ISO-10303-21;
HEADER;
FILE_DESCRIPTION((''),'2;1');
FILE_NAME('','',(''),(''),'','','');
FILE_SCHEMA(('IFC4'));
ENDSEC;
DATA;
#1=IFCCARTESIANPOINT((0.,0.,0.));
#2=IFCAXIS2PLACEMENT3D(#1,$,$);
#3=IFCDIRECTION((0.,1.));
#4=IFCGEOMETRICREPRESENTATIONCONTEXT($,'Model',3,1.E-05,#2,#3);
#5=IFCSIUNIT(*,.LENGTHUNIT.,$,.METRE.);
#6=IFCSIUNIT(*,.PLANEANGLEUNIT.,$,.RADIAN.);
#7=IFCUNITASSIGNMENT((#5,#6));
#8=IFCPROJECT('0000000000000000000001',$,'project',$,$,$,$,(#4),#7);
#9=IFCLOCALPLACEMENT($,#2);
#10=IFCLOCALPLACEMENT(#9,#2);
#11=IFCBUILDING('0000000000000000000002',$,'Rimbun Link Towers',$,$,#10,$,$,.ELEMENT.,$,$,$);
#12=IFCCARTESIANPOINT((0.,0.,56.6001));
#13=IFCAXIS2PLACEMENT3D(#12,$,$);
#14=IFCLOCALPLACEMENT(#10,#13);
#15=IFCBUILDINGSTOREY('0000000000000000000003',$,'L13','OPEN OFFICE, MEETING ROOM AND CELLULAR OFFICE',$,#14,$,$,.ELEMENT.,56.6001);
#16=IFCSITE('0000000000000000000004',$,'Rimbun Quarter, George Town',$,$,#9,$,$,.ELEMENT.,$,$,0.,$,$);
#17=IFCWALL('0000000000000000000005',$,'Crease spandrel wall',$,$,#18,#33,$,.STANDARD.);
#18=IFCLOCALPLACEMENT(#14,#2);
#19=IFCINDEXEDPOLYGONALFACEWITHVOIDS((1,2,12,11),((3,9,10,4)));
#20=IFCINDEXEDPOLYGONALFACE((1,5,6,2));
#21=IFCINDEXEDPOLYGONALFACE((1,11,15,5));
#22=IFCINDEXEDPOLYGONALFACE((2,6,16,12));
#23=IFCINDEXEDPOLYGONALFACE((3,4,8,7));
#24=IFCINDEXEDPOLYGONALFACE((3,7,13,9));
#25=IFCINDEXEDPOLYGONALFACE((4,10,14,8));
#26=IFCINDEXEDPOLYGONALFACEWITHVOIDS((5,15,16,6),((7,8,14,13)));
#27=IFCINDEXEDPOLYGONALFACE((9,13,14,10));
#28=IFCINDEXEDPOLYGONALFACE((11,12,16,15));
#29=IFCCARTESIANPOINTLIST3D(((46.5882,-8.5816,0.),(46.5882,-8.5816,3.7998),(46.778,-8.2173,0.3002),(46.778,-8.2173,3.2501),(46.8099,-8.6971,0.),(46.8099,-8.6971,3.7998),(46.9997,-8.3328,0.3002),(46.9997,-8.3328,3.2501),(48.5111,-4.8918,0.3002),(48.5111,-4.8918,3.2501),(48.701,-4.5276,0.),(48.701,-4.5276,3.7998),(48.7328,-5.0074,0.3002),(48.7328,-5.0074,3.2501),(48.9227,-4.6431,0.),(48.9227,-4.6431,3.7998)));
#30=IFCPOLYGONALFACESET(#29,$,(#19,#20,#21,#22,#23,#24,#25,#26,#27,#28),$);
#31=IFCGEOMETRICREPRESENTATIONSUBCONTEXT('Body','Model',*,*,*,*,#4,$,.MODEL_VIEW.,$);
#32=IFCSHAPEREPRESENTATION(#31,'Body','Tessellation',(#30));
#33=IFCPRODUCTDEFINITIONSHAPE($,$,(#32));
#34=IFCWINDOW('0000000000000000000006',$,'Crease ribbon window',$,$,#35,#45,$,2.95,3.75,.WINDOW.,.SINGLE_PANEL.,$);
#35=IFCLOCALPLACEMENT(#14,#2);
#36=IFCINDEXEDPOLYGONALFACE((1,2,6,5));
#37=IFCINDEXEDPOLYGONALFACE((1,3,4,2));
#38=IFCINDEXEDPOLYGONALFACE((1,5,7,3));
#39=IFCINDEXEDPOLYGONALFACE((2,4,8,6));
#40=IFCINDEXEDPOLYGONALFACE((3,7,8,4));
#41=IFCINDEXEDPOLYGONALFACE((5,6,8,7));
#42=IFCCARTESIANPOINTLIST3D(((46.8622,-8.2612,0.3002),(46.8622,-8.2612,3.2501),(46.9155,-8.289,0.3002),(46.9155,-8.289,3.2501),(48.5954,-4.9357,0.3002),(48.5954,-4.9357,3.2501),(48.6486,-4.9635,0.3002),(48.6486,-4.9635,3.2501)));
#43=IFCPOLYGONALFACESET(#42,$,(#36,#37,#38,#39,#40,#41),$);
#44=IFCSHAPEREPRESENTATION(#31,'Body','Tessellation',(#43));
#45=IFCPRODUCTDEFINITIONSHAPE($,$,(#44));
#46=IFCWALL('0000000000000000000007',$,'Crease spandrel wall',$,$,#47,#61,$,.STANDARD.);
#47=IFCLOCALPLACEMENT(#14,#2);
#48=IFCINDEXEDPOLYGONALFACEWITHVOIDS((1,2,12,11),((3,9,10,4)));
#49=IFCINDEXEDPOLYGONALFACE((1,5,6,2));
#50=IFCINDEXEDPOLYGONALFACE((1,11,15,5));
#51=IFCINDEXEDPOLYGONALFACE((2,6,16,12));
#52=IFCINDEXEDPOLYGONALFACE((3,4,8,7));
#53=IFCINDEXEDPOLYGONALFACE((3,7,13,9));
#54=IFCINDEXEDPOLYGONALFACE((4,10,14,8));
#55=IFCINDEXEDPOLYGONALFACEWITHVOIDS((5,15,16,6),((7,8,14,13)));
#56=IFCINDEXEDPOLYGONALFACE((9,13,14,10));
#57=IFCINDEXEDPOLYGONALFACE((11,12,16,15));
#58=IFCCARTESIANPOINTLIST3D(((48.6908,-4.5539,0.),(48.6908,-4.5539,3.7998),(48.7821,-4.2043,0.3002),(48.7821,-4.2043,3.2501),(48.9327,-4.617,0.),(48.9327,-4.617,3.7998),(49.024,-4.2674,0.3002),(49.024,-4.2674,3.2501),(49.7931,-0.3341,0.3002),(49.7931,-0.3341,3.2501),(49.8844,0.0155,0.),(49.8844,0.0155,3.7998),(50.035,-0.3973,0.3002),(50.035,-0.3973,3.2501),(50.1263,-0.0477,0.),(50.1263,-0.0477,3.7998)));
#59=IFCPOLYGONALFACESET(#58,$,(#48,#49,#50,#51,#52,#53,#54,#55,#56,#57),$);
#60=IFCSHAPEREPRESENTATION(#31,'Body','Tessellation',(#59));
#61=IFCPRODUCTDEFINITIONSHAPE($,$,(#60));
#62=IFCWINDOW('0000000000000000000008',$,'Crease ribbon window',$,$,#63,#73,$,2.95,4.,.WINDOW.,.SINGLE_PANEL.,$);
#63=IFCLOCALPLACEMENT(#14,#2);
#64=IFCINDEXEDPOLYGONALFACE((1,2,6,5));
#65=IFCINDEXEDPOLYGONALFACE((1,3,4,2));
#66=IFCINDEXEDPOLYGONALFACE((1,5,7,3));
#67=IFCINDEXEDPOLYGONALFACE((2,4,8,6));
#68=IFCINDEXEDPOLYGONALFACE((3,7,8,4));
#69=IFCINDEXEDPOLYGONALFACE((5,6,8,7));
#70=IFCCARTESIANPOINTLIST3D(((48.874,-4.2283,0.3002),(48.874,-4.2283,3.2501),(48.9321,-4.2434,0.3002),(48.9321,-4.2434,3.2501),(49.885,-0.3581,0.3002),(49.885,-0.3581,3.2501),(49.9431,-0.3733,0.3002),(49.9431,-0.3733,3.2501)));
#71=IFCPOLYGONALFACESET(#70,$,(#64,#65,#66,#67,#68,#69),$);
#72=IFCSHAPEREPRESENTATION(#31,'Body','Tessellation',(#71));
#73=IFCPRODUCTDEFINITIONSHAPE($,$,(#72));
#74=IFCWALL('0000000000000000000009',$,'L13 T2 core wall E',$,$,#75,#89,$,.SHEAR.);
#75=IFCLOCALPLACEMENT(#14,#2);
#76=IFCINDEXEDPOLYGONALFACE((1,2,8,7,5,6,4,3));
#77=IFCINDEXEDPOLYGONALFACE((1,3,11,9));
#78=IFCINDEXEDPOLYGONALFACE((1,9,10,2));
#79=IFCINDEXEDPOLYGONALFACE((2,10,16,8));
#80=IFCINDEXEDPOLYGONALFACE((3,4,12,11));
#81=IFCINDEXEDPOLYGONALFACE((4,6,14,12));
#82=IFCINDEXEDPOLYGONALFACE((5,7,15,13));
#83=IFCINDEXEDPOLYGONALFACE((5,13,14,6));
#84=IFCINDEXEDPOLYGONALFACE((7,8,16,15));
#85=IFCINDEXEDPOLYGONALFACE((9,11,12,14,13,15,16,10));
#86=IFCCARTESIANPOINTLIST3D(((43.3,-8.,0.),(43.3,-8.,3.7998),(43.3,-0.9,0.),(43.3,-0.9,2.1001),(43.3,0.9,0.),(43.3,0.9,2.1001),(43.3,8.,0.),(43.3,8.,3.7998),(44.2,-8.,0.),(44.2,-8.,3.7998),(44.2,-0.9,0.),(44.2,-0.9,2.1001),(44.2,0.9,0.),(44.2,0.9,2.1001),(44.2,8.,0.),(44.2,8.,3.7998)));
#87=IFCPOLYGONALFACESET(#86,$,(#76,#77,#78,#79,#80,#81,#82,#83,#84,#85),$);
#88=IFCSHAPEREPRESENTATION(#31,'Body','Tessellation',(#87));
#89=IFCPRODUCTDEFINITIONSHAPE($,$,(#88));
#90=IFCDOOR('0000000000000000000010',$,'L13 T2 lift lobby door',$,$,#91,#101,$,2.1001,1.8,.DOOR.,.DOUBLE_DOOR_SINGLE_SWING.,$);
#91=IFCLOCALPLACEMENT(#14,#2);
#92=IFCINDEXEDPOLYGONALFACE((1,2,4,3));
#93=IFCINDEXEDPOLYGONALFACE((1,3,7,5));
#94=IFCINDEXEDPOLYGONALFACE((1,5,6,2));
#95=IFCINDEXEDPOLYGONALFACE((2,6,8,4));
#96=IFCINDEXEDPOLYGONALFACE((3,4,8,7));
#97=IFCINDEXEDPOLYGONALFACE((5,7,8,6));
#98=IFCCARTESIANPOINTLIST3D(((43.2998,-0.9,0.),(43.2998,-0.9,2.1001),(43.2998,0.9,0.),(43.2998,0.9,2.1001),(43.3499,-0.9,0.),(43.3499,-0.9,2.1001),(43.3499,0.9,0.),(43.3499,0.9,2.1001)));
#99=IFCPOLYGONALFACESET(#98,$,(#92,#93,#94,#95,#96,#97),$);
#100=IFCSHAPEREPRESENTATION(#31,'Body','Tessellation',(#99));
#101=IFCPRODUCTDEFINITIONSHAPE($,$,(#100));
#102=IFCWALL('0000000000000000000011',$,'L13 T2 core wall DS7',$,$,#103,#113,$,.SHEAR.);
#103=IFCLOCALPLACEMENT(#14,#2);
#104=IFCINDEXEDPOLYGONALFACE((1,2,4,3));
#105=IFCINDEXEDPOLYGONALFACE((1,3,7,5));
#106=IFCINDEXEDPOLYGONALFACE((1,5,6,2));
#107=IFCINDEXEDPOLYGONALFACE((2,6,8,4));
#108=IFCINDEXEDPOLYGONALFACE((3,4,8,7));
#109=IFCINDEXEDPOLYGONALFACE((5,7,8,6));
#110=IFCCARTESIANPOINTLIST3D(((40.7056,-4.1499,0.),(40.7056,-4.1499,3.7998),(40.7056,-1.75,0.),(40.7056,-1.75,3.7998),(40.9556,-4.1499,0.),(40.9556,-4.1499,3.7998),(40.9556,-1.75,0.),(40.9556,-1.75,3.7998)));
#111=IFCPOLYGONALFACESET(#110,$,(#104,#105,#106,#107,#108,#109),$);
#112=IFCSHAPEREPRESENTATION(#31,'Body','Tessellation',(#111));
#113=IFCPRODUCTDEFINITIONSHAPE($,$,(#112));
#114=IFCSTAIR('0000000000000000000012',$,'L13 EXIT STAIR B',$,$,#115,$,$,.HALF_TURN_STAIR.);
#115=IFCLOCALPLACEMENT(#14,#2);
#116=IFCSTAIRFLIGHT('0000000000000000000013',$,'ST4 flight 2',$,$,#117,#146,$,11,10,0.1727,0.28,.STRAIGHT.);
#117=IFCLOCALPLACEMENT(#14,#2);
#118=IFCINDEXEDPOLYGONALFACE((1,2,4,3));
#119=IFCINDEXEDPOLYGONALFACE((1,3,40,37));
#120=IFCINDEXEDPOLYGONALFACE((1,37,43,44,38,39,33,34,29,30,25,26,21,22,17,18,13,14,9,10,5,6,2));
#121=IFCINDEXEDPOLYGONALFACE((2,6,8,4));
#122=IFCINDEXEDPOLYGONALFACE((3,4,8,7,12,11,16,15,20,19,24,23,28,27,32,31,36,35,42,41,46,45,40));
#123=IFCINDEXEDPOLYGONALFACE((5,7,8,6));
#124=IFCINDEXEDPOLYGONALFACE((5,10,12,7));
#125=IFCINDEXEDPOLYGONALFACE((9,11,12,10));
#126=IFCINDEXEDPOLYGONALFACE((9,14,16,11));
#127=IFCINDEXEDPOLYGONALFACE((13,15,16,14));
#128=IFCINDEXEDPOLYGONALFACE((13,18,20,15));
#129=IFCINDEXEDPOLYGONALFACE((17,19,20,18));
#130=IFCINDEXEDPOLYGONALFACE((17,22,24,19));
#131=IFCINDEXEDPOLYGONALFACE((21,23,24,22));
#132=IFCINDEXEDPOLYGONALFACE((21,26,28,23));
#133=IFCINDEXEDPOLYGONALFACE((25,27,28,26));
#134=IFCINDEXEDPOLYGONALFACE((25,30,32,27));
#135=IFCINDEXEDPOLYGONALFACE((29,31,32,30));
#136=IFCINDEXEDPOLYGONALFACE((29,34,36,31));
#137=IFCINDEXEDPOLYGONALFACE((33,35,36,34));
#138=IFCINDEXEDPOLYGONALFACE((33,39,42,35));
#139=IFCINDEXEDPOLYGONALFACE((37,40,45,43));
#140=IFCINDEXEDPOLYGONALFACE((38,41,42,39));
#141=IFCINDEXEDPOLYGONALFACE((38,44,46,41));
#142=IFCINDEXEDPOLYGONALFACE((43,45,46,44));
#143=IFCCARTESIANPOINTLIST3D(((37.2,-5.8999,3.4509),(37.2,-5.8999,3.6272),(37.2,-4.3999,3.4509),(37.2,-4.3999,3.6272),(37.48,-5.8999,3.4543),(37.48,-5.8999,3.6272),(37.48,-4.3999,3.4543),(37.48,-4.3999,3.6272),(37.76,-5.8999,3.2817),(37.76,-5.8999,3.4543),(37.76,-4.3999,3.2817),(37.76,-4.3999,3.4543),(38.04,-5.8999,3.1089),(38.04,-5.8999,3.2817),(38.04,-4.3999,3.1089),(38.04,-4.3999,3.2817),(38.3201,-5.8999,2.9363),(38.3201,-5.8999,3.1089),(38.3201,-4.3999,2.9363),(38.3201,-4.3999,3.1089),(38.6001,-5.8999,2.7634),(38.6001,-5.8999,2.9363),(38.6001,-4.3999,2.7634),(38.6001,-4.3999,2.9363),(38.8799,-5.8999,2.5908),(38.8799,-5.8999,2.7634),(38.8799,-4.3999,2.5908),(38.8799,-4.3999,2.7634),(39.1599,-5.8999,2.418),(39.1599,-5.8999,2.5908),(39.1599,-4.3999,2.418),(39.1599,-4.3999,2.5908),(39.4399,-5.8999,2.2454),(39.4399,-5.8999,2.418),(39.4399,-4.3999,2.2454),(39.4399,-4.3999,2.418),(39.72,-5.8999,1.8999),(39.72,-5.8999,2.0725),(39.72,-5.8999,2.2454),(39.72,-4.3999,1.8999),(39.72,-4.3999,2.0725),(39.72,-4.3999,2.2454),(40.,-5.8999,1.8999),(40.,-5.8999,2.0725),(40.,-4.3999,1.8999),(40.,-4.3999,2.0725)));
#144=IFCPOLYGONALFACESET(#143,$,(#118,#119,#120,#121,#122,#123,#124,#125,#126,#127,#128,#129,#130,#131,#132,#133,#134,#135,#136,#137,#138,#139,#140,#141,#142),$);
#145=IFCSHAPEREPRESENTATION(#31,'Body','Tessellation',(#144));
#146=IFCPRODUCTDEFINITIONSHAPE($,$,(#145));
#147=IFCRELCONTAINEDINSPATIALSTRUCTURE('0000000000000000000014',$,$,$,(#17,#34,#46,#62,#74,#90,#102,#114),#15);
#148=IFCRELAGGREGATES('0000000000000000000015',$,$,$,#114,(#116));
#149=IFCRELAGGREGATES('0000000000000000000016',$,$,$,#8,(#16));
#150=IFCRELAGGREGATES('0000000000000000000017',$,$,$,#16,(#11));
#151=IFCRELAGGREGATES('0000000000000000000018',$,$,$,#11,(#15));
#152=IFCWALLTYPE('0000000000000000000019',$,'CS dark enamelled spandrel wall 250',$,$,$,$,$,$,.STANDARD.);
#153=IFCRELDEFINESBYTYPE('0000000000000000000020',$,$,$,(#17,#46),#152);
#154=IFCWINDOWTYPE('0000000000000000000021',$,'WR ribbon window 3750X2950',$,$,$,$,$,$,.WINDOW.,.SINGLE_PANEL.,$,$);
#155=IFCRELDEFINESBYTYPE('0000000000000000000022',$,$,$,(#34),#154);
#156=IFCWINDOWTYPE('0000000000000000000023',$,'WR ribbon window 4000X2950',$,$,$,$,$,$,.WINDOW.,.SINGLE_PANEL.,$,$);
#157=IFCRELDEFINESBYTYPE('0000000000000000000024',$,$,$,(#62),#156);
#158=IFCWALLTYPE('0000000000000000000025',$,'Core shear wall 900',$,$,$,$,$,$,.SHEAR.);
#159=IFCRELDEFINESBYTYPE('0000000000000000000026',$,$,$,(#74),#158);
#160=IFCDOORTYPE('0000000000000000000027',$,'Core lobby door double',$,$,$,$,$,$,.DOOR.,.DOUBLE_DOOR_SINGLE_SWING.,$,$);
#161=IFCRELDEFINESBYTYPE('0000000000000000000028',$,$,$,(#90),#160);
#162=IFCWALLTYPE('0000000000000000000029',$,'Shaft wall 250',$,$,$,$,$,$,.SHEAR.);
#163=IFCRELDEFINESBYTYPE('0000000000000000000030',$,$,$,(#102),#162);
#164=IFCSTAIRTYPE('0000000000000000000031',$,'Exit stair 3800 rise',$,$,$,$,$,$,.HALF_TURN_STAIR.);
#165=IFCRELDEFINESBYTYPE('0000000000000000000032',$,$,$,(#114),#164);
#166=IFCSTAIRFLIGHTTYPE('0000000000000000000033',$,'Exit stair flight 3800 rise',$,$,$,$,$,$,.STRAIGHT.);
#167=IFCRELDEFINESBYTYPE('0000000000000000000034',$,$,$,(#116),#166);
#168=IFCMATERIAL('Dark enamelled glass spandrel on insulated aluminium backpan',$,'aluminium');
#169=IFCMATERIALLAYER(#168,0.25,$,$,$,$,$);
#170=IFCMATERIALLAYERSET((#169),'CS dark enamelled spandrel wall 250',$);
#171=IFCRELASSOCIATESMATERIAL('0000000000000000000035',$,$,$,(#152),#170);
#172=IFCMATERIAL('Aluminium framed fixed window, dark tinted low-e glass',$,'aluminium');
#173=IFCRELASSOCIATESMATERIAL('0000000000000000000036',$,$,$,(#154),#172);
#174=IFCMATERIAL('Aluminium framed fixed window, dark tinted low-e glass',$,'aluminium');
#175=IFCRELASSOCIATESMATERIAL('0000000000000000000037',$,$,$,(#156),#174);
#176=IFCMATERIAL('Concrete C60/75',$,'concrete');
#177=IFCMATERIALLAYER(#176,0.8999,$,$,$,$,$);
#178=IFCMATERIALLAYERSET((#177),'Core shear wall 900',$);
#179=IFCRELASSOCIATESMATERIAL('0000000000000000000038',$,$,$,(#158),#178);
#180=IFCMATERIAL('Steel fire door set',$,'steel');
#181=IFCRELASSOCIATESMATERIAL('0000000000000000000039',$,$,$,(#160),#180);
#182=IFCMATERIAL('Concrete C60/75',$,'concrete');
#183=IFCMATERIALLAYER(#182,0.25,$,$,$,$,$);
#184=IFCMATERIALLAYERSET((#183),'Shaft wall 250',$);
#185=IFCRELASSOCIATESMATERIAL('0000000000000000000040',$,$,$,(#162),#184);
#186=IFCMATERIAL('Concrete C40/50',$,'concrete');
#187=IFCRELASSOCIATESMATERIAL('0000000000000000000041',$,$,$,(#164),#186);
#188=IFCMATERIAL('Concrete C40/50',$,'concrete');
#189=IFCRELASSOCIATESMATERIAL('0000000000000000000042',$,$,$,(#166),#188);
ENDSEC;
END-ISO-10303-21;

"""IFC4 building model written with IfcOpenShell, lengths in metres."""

from ifc_helpers import new_model, si_unit, direction, frame, frame_2d, origin, place, context, subcontext, project, spatial, polyline, rectangle, outline, extrude, material, layer, layer_set, type_object, element, fill, aggregate, save


model = new_model("IFC4")

# Units and contexts
model_context = context("Model", 3, precision=1e-05, world=origin(), true_north=direction((0.0, 1.0)))
body_context = subcontext(model_context, "Body", "Model", "MODEL_VIEW")
ifc_project = project(units=[si_unit("LENGTHUNIT", "METRE"), si_unit("PLANEANGLEUNIT", "RADIAN")], contexts=[model_context])

# Site, building, storey
site_placement = place(None, origin())
site = spatial("IfcSite", under=ifc_project, at=site_placement, Name="Rimbun Quarter, George Town", CompositionType="ELEMENT", RefElevation=0.0)
building_placement = place(site_placement, origin())
building = spatial("IfcBuilding", under=site, at=building_placement, Name="Rimbun Link Towers", CompositionType="ELEMENT")
storey_placement = place(building_placement, frame((0.0, 0.0, 56.6001)))
storey = spatial("IfcBuildingStorey", under=building, at=storey_placement, Name="L13", Description="OPEN OFFICE, MEETING ROOM AND CELLULAR OFFICE", CompositionType="ELEMENT", Elevation=56.6001)

# Walls, openings, windows
ifc_material_1 = material(Name="Dark enamelled glass spandrel on insulated aluminium backpan", Category="aluminium")
ifc_layer_1 = layer(ifc_material_1, 0.25)
ifc_layer_set_1 = layer_set([ifc_layer_1], Name="CS dark enamelled spandrel wall 250")
wall_type_1 = type_object("IfcWallType", Name="CS dark enamelled spandrel wall 250", PredefinedType="STANDARD", material=ifc_layer_set_1)
wall_1_placement = place(storey_placement, frame((48.8118, -4.5854, 0.0), z_axis=(0.0, 0.0, 1.0), x_axis=(-0.462168, -0.886792, 0.0)))
wall_1 = element("IfcWall", 1, at=wall_1_placement, inside=storey, type_object=wall_type_1, Name="Crease spandrel wall", PredefinedType="STANDARD", context=body_context, shape_type="SweptSolid", body=[
    extrude(rectangle(XDim=4.5715, YDim=0.25, at=frame_2d((2.2856, 0.0))), origin(), (0.0, 0.0, 1.0), 3.7998),
])
opening_1_placement = place(wall_1_placement, frame((0.4106, 0.0, 0.3)))
opening_1 = element("IfcOpeningElement", 2, at=opening_1_placement, cuts=wall_1, PredefinedType="OPENING", context=body_context, shape_type="SweptSolid", body=[
    extrude(rectangle(XDim=3.75, YDim=2.95, at=frame_2d((1.875, 1.4751))), frame((0.0, 0.135, 0.0), z_axis=(0.0, -1.0, 0.0), x_axis=(1.0, 0.0, 0.0)), (0.0, 0.0, 1.0), 0.27),
])
ifc_material_2 = material(Name="Aluminium framed fixed window, dark tinted low-e glass", Category="aluminium")
window_type_1 = type_object("IfcWindowType", Name="WR ribbon window 3750X2950", PartitioningType="SINGLE_PANEL", PredefinedType="WINDOW", material=ifc_material_2)
window_1_placement = place(opening_1_placement, origin())
window_1 = element("IfcWindow", 3, at=window_1_placement, inside=storey, type_object=window_type_1, Name="Crease ribbon window", OverallHeight=2.95, OverallWidth=3.75, PartitioningType="SINGLE_PANEL", PredefinedType="WINDOW", context=body_context, shape_type="SweptSolid", body=[
    extrude(rectangle(XDim=3.75, YDim=2.95, at=frame_2d((1.875, 1.4751))), frame((0.0, 0.03, 0.0), z_axis=(0.0, -1.0, 0.0), x_axis=(1.0, 0.0, 0.0)), (0.0, 0.0, 1.0), 0.0601),
])
fill(opening_1, window_1)
wall_2_placement = place(storey_placement, frame((50.0054, -0.0161, 0.0), z_axis=(0.0, 0.0, 1.0), x_axis=(-0.25274, -0.967534, 0.0)))
wall_2 = element("IfcWall", 4, at=wall_2_placement, inside=storey, type_object=wall_type_1, Name="Crease spandrel wall", PredefinedType="STANDARD", context=body_context, shape_type="SweptSolid", body=[
    extrude(rectangle(XDim=4.7227, YDim=0.25, at=frame_2d((2.3613, 0.0))), origin(), (0.0, 0.0, 1.0), 3.7998),
])
opening_2_placement = place(wall_2_placement, frame((0.3613, 0.0, 0.3)))
opening_2 = element("IfcOpeningElement", 5, at=opening_2_placement, cuts=wall_2, PredefinedType="OPENING", context=body_context, shape_type="SweptSolid", body=[
    extrude(rectangle(XDim=4.0, YDim=2.95, at=frame_2d((2.0, 1.4751))), frame((0.0, 0.135, 0.0), z_axis=(0.0, -1.0, 0.0), x_axis=(1.0, 0.0, 0.0)), (0.0, 0.0, 1.0), 0.27),
])
ifc_material_3 = material(Name="Aluminium framed fixed window, dark tinted low-e glass", Category="aluminium")
window_type_2 = type_object("IfcWindowType", Name="WR ribbon window 4000X2950", PartitioningType="SINGLE_PANEL", PredefinedType="WINDOW", material=ifc_material_3)
window_2_placement = place(opening_2_placement, origin())
window_2 = element("IfcWindow", 6, at=window_2_placement, inside=storey, type_object=window_type_2, Name="Crease ribbon window", OverallHeight=2.95, OverallWidth=4.0, PartitioningType="SINGLE_PANEL", PredefinedType="WINDOW", context=body_context, shape_type="SweptSolid", body=[
    extrude(rectangle(XDim=4.0, YDim=2.95, at=frame_2d((2.0, 1.4751))), frame((0.0, 0.03, 0.0), z_axis=(0.0, -1.0, 0.0), x_axis=(1.0, 0.0, 0.0)), (0.0, 0.0, 1.0), 0.0601),
])
fill(opening_2, window_2)

# Wall, opening, door
ifc_material_4 = material(Name="Concrete C60/75", Category="concrete")
ifc_layer_2 = layer(ifc_material_4, 0.8999)
ifc_layer_set_2 = layer_set([ifc_layer_2], Name="Core shear wall 900")
wall_type_2 = type_object("IfcWallType", Name="Core shear wall 900", PredefinedType="SHEAR", material=ifc_layer_set_2)
wall_3_placement = place(storey_placement, frame((43.75, -8.0, 0.0), z_axis=(0.0, 0.0, 1.0), x_axis=(0.0, 1.0, 0.0)))
wall_3 = element("IfcWall", 7, at=wall_3_placement, inside=storey, type_object=wall_type_2, Name="L13 T2 core wall E", PredefinedType="SHEAR", context=body_context, shape_type="SweptSolid", body=[
    extrude(rectangle(XDim=16.0, YDim=0.8999, at=frame_2d((8.0, 0.0))), origin(), (0.0, 0.0, 1.0), 3.7998),
])
opening_3_placement = place(wall_3_placement, frame((7.1001, 0.0, 0.0)))
opening_3 = element("IfcOpeningElement", 8, at=opening_3_placement, cuts=wall_3, PredefinedType="OPENING", context=body_context, shape_type="SweptSolid", body=[
    extrude(rectangle(XDim=1.8, YDim=2.1001, at=frame_2d((0.8999, 1.05))), frame((0.0, 0.46, 0.0), z_axis=(0.0, -1.0, 0.0), x_axis=(1.0, 0.0, 0.0)), (0.0, 0.0, 1.0), 0.9199),
])
ifc_material_5 = material(Name="Steel fire door set", Category="steel")
door_type = type_object("IfcDoorType", Name="Core lobby door double", OperationType="DOUBLE_DOOR_SINGLE_SWING", PredefinedType="DOOR", material=ifc_material_5)
door_placement = place(opening_3_placement, origin())
door = element("IfcDoor", 9, at=door_placement, inside=storey, type_object=door_type, Name="L13 T2 lift lobby door", OperationType="DOUBLE_DOOR_SINGLE_SWING", OverallHeight=2.1001, OverallWidth=1.8, PredefinedType="DOOR", context=body_context, shape_type="SweptSolid", body=[
    extrude(rectangle(XDim=1.8, YDim=2.1001, at=frame_2d((0.8999, 1.05))), frame((0.0, 0.4502, 0.0), z_axis=(0.0, -1.0, 0.0), x_axis=(1.0, 0.0, 0.0)), (0.0, 0.0, 1.0), 0.05),
])
fill(opening_3, door)

# Wall
ifc_material_6 = material(Name="Concrete C60/75", Category="concrete")
ifc_layer_3 = layer(ifc_material_6, 0.25)
ifc_layer_set_3 = layer_set([ifc_layer_3], Name="Shaft wall 250")
wall_type_3 = type_object("IfcWallType", Name="Shaft wall 250", PredefinedType="SHEAR", material=ifc_layer_set_3)
wall_4_placement = place(storey_placement, frame((40.8306, -4.1499, 0.0), z_axis=(0.0, 0.0, 1.0), x_axis=(0.0, 1.0, 0.0)))
element("IfcWall", 10, at=wall_4_placement, inside=storey, type_object=wall_type_3, Name="L13 T2 core wall DS7", PredefinedType="SHEAR", context=body_context, shape_type="SweptSolid", body=[
    extrude(rectangle(XDim=2.3999, YDim=0.25, at=frame_2d((1.2, 0.0))), origin(), (0.0, 0.0, 1.0), 3.7998),
])

# Stair, stair flight
ifc_material_7 = material(Name="Concrete C40/50", Category="concrete")
stair_type = type_object("IfcStairType", Name="Exit stair 3800 rise", PredefinedType="HALF_TURN_STAIR", material=ifc_material_7)
stair_placement = place(storey_placement, origin())
stair = element("IfcStair", 11, at=stair_placement, inside=storey, type_object=stair_type, Name="L13 EXIT STAIR B", PredefinedType="HALF_TURN_STAIR")
ifc_material_8 = material(Name="Concrete C40/50", Category="concrete")
stair_flight_type = type_object("IfcStairFlightType", Name="Exit stair flight 3800 rise", PredefinedType="STRAIGHT", material=ifc_material_8)
stair_flight_placement = place(storey_placement, frame((40.0, -5.1499, 1.8999), z_axis=(0.0, 0.0, 1.0), x_axis=(-1.0, 0.0, 0.0)))
stair_flight = element("IfcStairFlight", 12, at=stair_flight_placement, type_object=stair_flight_type, Name="ST4 flight 2", NumberOfRisers=11, NumberOfTreads=10, PredefinedType="STRAIGHT", RiserHeight=0.1727, TreadLength=0.28, context=body_context, shape_type="SweptSolid", body=[
    extrude(outline(polyline([(0.0, 0.0), (0.0, 0.1726), (0.28, 0.1726), (0.28, 0.3455), (0.5601, 0.3455), (0.5601, 0.5181), (0.8401, 0.5181), (0.8401, 0.6909), (1.1201, 0.6909), (1.1201, 0.8635), (1.3999, 0.8635), (1.3999, 1.0364), (1.6799, 1.0364), (1.6799, 1.209), (1.96, 1.209), (1.96, 1.3818), (2.24, 1.3818), (2.24, 1.5544), (2.52, 1.5544), (2.52, 1.7273), (2.8, 1.7273), (2.8, 1.8999), (2.8, 1.551), (0.28, 0.0), (0.0, 0.0)])), frame((0.0, 0.75, 0.0), z_axis=(0.0, -1.0, 0.0), x_axis=(1.0, 0.0, 0.0)), (0.0, 0.0, 1.0), 1.5),
])
aggregate(stair, [stair_flight])

save(model, "model.ifc")
